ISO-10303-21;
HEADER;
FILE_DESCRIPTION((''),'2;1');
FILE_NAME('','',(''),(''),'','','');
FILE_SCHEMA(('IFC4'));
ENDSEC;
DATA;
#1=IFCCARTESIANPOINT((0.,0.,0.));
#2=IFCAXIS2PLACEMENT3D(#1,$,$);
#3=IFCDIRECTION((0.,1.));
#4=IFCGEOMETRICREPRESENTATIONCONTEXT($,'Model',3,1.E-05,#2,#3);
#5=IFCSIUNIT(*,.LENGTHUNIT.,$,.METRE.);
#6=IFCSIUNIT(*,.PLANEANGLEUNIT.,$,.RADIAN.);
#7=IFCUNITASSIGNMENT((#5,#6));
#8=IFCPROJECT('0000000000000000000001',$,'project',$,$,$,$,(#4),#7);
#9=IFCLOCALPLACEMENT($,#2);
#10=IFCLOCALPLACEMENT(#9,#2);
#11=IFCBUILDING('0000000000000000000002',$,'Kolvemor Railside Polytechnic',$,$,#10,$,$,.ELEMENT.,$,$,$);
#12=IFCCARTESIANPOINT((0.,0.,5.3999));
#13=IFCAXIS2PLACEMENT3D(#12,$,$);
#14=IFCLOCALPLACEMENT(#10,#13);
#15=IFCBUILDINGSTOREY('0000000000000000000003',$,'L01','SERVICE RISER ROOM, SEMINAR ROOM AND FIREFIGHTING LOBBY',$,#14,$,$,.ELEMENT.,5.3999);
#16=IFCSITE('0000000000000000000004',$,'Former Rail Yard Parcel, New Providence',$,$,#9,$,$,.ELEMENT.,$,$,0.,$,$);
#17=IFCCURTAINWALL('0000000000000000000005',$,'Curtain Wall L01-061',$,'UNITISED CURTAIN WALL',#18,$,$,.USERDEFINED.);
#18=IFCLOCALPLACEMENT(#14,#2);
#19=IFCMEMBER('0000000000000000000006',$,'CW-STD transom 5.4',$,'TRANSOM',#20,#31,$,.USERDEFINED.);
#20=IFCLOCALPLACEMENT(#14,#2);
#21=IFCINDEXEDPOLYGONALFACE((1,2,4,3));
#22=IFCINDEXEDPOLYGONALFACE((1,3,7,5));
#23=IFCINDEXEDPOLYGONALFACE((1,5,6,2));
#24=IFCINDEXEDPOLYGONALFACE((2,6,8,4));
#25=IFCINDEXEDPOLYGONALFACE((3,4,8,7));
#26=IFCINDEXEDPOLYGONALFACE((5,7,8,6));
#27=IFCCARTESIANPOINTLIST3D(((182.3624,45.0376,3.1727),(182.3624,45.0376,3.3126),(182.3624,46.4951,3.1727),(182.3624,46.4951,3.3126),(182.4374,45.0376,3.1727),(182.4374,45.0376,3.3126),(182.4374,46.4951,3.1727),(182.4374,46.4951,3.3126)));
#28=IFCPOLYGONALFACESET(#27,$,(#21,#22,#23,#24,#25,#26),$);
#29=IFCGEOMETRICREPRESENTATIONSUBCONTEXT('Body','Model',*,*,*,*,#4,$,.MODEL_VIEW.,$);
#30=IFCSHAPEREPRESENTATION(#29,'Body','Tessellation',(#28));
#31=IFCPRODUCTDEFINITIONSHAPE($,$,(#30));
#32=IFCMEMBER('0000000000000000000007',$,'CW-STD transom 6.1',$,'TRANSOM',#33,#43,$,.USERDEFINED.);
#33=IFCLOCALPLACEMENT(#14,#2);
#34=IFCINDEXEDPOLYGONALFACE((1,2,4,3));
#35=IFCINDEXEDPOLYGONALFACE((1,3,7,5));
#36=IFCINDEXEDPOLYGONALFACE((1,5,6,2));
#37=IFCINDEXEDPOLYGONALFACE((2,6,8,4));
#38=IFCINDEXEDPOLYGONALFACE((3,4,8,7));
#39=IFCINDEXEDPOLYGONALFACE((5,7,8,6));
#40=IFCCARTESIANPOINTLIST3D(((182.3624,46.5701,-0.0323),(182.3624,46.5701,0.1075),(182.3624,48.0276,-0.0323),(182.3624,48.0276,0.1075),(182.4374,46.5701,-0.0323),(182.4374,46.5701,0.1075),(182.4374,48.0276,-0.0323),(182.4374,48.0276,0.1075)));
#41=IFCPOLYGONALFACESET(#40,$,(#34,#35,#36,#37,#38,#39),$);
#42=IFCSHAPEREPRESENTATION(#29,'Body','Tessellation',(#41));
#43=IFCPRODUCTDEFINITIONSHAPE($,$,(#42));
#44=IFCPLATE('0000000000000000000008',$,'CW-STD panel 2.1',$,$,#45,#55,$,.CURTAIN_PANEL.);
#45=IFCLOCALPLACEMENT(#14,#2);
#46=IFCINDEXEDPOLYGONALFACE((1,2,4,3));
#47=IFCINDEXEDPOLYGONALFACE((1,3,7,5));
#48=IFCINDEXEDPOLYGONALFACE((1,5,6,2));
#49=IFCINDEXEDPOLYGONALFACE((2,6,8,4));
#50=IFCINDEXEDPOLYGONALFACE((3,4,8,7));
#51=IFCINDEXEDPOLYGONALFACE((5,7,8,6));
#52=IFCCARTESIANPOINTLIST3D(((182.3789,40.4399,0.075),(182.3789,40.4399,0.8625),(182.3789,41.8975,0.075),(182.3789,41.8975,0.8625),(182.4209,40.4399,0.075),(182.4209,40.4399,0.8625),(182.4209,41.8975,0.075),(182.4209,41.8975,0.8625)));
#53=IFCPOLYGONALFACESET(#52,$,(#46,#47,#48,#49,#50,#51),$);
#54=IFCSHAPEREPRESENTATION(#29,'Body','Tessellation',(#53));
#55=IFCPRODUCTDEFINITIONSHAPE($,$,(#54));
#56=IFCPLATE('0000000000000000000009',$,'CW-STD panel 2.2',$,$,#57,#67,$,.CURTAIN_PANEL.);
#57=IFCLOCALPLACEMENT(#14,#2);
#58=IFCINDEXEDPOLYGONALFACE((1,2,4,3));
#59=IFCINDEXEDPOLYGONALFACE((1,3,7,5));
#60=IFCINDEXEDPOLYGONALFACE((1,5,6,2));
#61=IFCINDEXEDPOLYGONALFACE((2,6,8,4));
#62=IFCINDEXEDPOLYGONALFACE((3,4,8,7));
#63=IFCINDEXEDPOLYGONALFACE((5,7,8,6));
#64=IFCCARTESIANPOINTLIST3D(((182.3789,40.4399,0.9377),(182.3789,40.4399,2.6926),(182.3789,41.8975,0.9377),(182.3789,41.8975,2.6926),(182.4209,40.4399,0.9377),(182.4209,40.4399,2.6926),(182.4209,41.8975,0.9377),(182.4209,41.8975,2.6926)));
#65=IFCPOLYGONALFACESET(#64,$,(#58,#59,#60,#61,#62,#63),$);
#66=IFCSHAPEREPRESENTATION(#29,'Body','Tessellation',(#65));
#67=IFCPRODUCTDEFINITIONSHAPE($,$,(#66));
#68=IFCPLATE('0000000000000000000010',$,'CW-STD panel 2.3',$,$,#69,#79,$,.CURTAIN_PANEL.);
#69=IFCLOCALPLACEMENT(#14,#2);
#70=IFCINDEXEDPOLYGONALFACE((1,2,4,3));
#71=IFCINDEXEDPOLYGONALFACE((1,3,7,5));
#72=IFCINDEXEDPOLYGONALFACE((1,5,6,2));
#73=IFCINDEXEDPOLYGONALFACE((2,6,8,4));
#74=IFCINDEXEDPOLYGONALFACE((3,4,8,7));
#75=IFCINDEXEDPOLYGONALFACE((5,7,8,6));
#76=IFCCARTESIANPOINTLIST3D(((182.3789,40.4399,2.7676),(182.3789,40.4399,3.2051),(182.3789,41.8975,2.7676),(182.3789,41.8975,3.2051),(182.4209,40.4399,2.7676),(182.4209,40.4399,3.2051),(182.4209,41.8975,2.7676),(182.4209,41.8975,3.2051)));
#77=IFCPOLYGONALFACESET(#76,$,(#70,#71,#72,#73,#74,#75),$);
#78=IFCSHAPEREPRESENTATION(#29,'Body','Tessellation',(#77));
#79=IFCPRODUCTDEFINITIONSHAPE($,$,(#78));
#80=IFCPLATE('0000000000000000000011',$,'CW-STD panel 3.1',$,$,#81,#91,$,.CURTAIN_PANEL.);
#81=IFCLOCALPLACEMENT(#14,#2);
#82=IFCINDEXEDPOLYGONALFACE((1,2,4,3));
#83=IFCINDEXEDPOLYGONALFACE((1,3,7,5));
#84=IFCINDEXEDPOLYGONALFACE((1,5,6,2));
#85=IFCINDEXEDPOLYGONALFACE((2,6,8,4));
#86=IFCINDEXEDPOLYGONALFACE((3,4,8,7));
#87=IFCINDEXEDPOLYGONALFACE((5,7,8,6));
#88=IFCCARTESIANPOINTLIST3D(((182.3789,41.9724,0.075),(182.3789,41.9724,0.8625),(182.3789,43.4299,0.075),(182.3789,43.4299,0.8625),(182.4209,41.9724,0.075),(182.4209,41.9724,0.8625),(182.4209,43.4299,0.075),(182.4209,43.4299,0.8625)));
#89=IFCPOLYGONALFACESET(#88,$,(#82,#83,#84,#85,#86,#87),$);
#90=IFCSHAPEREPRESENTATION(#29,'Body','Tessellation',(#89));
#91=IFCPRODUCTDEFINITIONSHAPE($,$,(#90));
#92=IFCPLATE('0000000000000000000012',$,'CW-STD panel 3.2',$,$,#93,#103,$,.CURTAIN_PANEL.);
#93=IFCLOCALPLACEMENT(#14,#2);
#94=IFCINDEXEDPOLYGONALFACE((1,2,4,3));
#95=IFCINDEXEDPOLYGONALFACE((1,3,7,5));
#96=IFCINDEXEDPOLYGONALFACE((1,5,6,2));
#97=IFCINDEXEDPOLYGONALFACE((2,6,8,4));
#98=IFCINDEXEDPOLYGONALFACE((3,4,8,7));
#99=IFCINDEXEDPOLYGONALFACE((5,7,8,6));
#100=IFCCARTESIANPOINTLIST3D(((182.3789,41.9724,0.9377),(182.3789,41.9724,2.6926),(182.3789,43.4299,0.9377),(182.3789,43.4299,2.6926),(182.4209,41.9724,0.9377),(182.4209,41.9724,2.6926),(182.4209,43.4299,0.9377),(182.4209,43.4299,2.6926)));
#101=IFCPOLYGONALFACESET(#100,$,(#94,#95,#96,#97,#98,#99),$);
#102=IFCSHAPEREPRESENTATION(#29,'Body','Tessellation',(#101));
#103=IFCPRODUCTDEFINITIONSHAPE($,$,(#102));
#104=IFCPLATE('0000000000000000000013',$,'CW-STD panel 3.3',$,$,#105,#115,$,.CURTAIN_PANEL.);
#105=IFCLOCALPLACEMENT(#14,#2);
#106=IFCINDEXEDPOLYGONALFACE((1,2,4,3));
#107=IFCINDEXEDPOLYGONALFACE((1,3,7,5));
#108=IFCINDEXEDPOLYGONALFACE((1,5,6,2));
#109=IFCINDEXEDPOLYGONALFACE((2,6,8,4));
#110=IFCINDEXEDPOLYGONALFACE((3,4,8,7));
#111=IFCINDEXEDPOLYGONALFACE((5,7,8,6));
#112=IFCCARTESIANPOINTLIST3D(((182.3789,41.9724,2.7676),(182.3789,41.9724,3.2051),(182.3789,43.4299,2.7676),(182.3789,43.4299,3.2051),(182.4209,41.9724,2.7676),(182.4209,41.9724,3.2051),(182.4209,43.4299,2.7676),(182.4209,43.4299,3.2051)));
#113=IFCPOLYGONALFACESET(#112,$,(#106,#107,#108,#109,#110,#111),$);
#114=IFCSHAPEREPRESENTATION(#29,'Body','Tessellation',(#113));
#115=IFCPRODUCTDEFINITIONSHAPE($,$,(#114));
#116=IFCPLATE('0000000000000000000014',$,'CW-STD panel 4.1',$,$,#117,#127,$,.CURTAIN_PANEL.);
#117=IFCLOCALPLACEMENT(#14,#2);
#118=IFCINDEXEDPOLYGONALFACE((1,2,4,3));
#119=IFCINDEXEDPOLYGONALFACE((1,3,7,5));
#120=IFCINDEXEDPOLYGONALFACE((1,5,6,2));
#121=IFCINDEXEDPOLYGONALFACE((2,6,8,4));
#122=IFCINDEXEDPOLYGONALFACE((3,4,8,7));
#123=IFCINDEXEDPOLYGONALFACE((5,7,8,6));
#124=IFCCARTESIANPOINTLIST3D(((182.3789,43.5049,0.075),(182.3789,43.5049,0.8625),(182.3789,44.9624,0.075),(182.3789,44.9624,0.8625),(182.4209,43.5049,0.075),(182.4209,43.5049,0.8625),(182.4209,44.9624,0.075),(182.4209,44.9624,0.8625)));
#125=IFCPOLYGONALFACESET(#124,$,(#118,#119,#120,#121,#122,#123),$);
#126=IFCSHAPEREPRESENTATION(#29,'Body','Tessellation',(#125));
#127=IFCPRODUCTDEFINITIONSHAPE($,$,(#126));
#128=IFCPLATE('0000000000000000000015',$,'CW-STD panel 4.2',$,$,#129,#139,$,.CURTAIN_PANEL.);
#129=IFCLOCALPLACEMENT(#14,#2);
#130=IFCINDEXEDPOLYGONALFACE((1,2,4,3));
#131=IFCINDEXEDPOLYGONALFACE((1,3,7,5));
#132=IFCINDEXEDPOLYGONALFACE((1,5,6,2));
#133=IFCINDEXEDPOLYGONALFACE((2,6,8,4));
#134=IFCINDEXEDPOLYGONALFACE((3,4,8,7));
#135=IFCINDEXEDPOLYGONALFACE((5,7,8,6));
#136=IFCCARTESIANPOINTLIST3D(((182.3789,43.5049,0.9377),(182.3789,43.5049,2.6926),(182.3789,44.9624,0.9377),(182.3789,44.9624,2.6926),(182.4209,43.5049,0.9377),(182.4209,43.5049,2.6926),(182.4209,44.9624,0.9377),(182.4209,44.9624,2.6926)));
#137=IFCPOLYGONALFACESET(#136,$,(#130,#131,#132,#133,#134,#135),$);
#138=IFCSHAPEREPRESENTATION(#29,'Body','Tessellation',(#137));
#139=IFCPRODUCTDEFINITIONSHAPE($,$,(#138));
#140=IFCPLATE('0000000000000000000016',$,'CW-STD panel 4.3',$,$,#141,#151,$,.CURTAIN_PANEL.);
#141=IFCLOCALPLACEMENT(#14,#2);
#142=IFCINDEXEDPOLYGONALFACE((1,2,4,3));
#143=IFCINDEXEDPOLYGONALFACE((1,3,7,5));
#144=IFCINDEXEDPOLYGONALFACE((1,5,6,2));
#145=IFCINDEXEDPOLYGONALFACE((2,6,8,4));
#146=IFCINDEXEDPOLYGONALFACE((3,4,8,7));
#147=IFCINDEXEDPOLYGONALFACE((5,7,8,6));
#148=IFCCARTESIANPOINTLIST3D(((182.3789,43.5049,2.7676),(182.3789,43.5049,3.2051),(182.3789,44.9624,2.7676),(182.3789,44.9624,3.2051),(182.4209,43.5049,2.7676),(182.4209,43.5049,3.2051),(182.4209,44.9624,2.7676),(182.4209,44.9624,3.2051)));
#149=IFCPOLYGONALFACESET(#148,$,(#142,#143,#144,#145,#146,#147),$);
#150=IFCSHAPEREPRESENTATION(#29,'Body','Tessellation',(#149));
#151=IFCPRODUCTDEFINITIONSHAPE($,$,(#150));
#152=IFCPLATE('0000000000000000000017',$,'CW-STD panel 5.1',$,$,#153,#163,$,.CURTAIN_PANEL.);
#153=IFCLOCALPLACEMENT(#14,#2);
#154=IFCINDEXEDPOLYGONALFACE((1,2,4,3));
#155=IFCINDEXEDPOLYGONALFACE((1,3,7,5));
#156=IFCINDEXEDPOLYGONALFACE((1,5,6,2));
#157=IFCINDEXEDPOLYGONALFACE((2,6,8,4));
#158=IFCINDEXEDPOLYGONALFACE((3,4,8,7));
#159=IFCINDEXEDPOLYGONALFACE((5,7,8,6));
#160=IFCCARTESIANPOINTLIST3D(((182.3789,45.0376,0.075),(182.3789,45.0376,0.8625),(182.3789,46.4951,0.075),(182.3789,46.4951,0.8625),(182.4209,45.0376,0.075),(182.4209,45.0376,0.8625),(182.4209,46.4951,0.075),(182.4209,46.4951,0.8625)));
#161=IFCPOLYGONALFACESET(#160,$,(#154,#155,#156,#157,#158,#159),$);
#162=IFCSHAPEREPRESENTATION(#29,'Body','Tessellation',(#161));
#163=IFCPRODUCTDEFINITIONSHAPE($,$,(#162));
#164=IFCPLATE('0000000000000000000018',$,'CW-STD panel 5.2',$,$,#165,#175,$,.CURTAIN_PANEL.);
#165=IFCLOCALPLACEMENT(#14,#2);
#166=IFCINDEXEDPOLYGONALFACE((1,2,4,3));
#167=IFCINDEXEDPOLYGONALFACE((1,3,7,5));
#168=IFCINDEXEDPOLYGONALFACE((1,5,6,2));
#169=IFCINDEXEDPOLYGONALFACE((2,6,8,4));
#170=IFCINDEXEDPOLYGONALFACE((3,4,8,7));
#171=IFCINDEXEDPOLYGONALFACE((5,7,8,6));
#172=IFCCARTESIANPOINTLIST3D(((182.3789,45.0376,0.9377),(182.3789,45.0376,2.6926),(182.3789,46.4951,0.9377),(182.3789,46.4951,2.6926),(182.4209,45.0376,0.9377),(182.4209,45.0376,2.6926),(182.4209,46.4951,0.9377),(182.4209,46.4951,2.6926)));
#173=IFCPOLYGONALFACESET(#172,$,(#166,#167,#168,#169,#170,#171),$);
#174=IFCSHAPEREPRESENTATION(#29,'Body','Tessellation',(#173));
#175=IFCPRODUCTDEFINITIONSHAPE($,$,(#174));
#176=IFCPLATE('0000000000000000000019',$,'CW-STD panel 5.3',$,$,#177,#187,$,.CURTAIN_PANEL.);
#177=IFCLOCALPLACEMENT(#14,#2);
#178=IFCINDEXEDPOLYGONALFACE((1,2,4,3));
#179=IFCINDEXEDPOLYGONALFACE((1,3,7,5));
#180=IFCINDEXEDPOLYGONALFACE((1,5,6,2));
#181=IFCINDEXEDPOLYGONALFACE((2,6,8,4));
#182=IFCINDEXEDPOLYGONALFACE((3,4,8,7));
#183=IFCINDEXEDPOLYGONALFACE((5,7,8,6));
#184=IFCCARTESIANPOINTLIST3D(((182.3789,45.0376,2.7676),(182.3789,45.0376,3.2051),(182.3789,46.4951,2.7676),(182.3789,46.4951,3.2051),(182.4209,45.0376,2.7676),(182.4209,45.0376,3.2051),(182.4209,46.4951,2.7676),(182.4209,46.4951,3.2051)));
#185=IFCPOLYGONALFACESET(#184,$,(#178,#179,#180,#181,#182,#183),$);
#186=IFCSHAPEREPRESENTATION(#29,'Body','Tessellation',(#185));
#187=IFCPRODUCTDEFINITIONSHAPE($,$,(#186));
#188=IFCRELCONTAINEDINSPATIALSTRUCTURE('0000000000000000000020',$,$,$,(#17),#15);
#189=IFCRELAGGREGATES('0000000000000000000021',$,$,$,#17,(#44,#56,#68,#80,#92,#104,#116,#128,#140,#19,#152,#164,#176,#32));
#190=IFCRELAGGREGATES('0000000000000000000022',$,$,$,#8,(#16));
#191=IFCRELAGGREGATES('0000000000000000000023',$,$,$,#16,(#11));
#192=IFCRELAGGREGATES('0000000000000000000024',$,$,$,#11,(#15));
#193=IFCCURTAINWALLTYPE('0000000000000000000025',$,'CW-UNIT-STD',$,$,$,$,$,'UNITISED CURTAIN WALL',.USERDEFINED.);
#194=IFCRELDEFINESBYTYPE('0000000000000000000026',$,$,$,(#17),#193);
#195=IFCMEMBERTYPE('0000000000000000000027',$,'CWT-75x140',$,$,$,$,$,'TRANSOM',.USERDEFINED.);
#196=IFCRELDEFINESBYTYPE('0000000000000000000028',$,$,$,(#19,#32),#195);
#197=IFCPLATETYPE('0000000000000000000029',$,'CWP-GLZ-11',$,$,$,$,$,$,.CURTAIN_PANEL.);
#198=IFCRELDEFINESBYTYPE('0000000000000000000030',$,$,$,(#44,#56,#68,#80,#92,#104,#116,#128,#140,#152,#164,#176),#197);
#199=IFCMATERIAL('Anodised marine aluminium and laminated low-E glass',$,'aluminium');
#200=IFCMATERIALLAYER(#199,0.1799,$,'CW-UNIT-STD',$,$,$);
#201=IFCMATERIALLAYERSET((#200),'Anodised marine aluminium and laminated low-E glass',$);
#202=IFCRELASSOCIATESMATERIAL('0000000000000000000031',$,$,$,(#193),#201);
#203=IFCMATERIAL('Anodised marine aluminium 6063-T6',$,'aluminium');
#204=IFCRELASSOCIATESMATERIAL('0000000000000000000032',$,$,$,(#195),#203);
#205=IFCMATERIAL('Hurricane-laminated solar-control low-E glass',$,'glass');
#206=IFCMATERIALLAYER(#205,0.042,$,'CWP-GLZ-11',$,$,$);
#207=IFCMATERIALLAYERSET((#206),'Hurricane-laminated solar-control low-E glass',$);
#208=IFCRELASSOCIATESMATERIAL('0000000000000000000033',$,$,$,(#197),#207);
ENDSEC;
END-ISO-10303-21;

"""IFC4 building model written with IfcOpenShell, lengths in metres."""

from ifc_helpers import new_model, si_unit, direction, frame, origin, origin_2d, place, context, subcontext, project, spatial, rectangle, extrude, material, layer, layer_set, material_profile, profile_set, type_object, element, aggregate, save


model = new_model("IFC4")

# Units and contexts
model_context = context("Model", 3, precision=1e-05, world=origin(), true_north=direction((0.0, 1.0)))
body_context = subcontext(model_context, "Body", "Model", "MODEL_VIEW")
ifc_project = project(units=[si_unit("LENGTHUNIT", "METRE"), si_unit("PLANEANGLEUNIT", "RADIAN")], contexts=[model_context])

# Site, building, storey
site_placement = place(None, origin())
site = spatial("IfcSite", under=ifc_project, at=site_placement, Name="Former Rail Yard Parcel, New Providence", CompositionType="ELEMENT", RefElevation=0.0)
building_placement = place(site_placement, origin())
building = spatial("IfcBuilding", under=site, at=building_placement, Name="Kolvemor Railside Polytechnic", CompositionType="ELEMENT")
storey_placement = place(building_placement, frame((0.0, 0.0, 5.3999)))
storey = spatial("IfcBuildingStorey", under=building, at=storey_placement, Name="L01", Description="SERVICE RISER ROOM, SEMINAR ROOM AND FIREFIGHTING LOBBY", CompositionType="ELEMENT", Elevation=5.3999)

# Curtain wall, members, plates
ifc_material_1 = material(Name="Anodised marine aluminium and laminated low-E glass", Category="aluminium")
ifc_layer_1 = layer(ifc_material_1, 0.1799, Name="CW-UNIT-STD")
ifc_layer_set_1 = layer_set([ifc_layer_1], Name="Anodised marine aluminium and laminated low-E glass")
curtain_wall_type = type_object("IfcCurtainWallType", Name="CW-UNIT-STD", ElementType="UNITISED CURTAIN WALL", PredefinedType="USERDEFINED", material=ifc_layer_set_1)
curtain_wall_placement = place(storey_placement, origin())
curtain_wall = element("IfcCurtainWall", 1, at=curtain_wall_placement, inside=storey, type_object=curtain_wall_type, Name="Curtain Wall L01-061", ObjectType="UNITISED CURTAIN WALL", PredefinedType="USERDEFINED")
ifc_material_2 = material(Name="Anodised marine aluminium 6063-T6", Category="aluminium")
ifc_material_profile_1 = material_profile(ifc_material_2, rectangle(XDim=0.075, YDim=0.1399, at=origin_2d()), Name="CW-TRN-75x140")
ifc_profile_set_1 = profile_set([ifc_material_profile_1], Name="Anodised marine aluminium 6063-T6")
member_type_1 = type_object("IfcMemberType", Name="CWT-75x140", ElementType="TRANSOM", PredefinedType="USERDEFINED", material=ifc_profile_set_1)
member_1_placement = place(storey_placement, frame((182.3999, 45.0376, 3.2427), z_axis=(0.0, 1.0, 0.0), x_axis=(-1.0, 0.0, 0.0)))
member_1 = element("IfcMember", 2, at=member_1_placement, type_object=member_type_1, Name="CW-STD transom 5.4", ObjectType="TRANSOM", PredefinedType="USERDEFINED", context=body_context, shape_type="SweptSolid", body=[
    extrude(rectangle(XDim=0.075, YDim=0.1399, at=origin_2d()), origin(), (0.0, 0.0, 1.0), 1.4575),
])
member_2_placement = place(storey_placement, frame((182.3999, 46.5701, 0.0376), z_axis=(0.0, 1.0, 0.0), x_axis=(-1.0, 0.0, 0.0)))
member_2 = element("IfcMember", 3, at=member_2_placement, type_object=member_type_1, Name="CW-STD transom 6.1", ObjectType="TRANSOM", PredefinedType="USERDEFINED", context=body_context, shape_type="SweptSolid", body=[
    extrude(rectangle(XDim=0.075, YDim=0.1399, at=origin_2d()), origin(), (0.0, 0.0, 1.0), 1.4575),
])
ifc_material_3 = material(Name="Hurricane-laminated solar-control low-E glass", Category="glass")
ifc_layer_2 = layer(ifc_material_3, 0.042, Name="CWP-GLZ-11")
ifc_layer_set_2 = layer_set([ifc_layer_2], Name="Hurricane-laminated solar-control low-E glass")
plate_type = type_object("IfcPlateType", Name="CWP-GLZ-11", PredefinedType="CURTAIN_PANEL", material=ifc_layer_set_2)
plate_1_placement = place(storey_placement, frame((182.3999, 41.1687, 0.075), z_axis=(0.0, 0.0, 1.0), x_axis=(0.0, 1.0, 0.0)))
plate_1 = element("IfcPlate", 4, at=plate_1_placement, type_object=plate_type, Name="CW-STD panel 2.1", PredefinedType="CURTAIN_PANEL", context=body_context, shape_type="SweptSolid", body=[
    extrude(rectangle(XDim=1.4575, YDim=0.042, at=origin_2d()), origin(), (0.0, 0.0, 1.0), 0.7876),
])
plate_2_placement = place(storey_placement, frame((182.3999, 41.1687, 0.9377), z_axis=(0.0, 0.0, 1.0), x_axis=(0.0, 1.0, 0.0)))
plate_2 = element("IfcPlate", 5, at=plate_2_placement, type_object=plate_type, Name="CW-STD panel 2.2", PredefinedType="CURTAIN_PANEL", context=body_context, shape_type="SweptSolid", body=[
    extrude(rectangle(XDim=1.4575, YDim=0.042, at=origin_2d()), origin(), (0.0, 0.0, 1.0), 1.7549),
])
plate_3_placement = place(storey_placement, frame((182.3999, 41.1687, 2.7676), z_axis=(0.0, 0.0, 1.0), x_axis=(0.0, 1.0, 0.0)))
plate_3 = element("IfcPlate", 6, at=plate_3_placement, type_object=plate_type, Name="CW-STD panel 2.3", PredefinedType="CURTAIN_PANEL", context=body_context, shape_type="SweptSolid", body=[
    extrude(rectangle(XDim=1.4575, YDim=0.042, at=origin_2d()), origin(), (0.0, 0.0, 1.0), 0.4375),
])
plate_4_placement = place(storey_placement, frame((182.3999, 42.7012, 0.075), z_axis=(0.0, 0.0, 1.0), x_axis=(0.0, 1.0, 0.0)))
plate_4 = element("IfcPlate", 7, at=plate_4_placement, type_object=plate_type, Name="CW-STD panel 3.1", PredefinedType="CURTAIN_PANEL", context=body_context, shape_type="SweptSolid", body=[
    extrude(rectangle(XDim=1.4575, YDim=0.042, at=origin_2d()), origin(), (0.0, 0.0, 1.0), 0.7876),
])
plate_5_placement = place(storey_placement, frame((182.3999, 42.7012, 0.9377), z_axis=(0.0, 0.0, 1.0), x_axis=(0.0, 1.0, 0.0)))
plate_5 = element("IfcPlate", 8, at=plate_5_placement, type_object=plate_type, Name="CW-STD panel 3.2", PredefinedType="CURTAIN_PANEL", context=body_context, shape_type="SweptSolid", body=[
    extrude(rectangle(XDim=1.4575, YDim=0.042, at=origin_2d()), origin(), (0.0, 0.0, 1.0), 1.7549),
])
plate_6_placement = place(storey_placement, frame((182.3999, 42.7012, 2.7676), z_axis=(0.0, 0.0, 1.0), x_axis=(0.0, 1.0, 0.0)))
plate_6 = element("IfcPlate", 9, at=plate_6_placement, type_object=plate_type, Name="CW-STD panel 3.3", PredefinedType="CURTAIN_PANEL", context=body_context, shape_type="SweptSolid", body=[
    extrude(rectangle(XDim=1.4575, YDim=0.042, at=origin_2d()), origin(), (0.0, 0.0, 1.0), 0.4375),
])
plate_7_placement = place(storey_placement, frame((182.3999, 44.2336, 0.075), z_axis=(0.0, 0.0, 1.0), x_axis=(0.0, 1.0, 0.0)))
plate_7 = element("IfcPlate", 10, at=plate_7_placement, type_object=plate_type, Name="CW-STD panel 4.1", PredefinedType="CURTAIN_PANEL", context=body_context, shape_type="SweptSolid", body=[
    extrude(rectangle(XDim=1.4575, YDim=0.042, at=origin_2d()), origin(), (0.0, 0.0, 1.0), 0.7876),
])
plate_8_placement = place(storey_placement, frame((182.3999, 44.2336, 0.9377), z_axis=(0.0, 0.0, 1.0), x_axis=(0.0, 1.0, 0.0)))
plate_8 = element("IfcPlate", 11, at=plate_8_placement, type_object=plate_type, Name="CW-STD panel 4.2", PredefinedType="CURTAIN_PANEL", context=body_context, shape_type="SweptSolid", body=[
    extrude(rectangle(XDim=1.4575, YDim=0.042, at=origin_2d()), origin(), (0.0, 0.0, 1.0), 1.7549),
])
plate_9_placement = place(storey_placement, frame((182.3999, 44.2336, 2.7676), z_axis=(0.0, 0.0, 1.0), x_axis=(0.0, 1.0, 0.0)))
plate_9 = element("IfcPlate", 12, at=plate_9_placement, type_object=plate_type, Name="CW-STD panel 4.3", PredefinedType="CURTAIN_PANEL", context=body_context, shape_type="SweptSolid", body=[
    extrude(rectangle(XDim=1.4575, YDim=0.042, at=origin_2d()), origin(), (0.0, 0.0, 1.0), 0.4375),
])
plate_10_placement = place(storey_placement, frame((182.3999, 45.7664, 0.075), z_axis=(0.0, 0.0, 1.0), x_axis=(0.0, 1.0, 0.0)))
plate_10 = element("IfcPlate", 13, at=plate_10_placement, type_object=plate_type, Name="CW-STD panel 5.1", PredefinedType="CURTAIN_PANEL", context=body_context, shape_type="SweptSolid", body=[
    extrude(rectangle(XDim=1.4575, YDim=0.042, at=origin_2d()), origin(), (0.0, 0.0, 1.0), 0.7876),
])
plate_11_placement = place(storey_placement, frame((182.3999, 45.7664, 0.9377), z_axis=(0.0, 0.0, 1.0), x_axis=(0.0, 1.0, 0.0)))
plate_11 = element("IfcPlate", 14, at=plate_11_placement, type_object=plate_type, Name="CW-STD panel 5.2", PredefinedType="CURTAIN_PANEL", context=body_context, shape_type="SweptSolid", body=[
    extrude(rectangle(XDim=1.4575, YDim=0.042, at=origin_2d()), origin(), (0.0, 0.0, 1.0), 1.7549),
])
plate_12_placement = place(storey_placement, frame((182.3999, 45.7664, 2.7676), z_axis=(0.0, 0.0, 1.0), x_axis=(0.0, 1.0, 0.0)))
plate_12 = element("IfcPlate", 15, at=plate_12_placement, type_object=plate_type, Name="CW-STD panel 5.3", PredefinedType="CURTAIN_PANEL", context=body_context, shape_type="SweptSolid", body=[
    extrude(rectangle(XDim=1.4575, YDim=0.042, at=origin_2d()), origin(), (0.0, 0.0, 1.0), 0.4375),
])
aggregate(curtain_wall, [plate_1, plate_2, plate_3, plate_4, plate_5, plate_6, plate_7, plate_8, plate_9, member_1, plate_10, plate_11, plate_12, member_2])

save(model, "model.ifc")
